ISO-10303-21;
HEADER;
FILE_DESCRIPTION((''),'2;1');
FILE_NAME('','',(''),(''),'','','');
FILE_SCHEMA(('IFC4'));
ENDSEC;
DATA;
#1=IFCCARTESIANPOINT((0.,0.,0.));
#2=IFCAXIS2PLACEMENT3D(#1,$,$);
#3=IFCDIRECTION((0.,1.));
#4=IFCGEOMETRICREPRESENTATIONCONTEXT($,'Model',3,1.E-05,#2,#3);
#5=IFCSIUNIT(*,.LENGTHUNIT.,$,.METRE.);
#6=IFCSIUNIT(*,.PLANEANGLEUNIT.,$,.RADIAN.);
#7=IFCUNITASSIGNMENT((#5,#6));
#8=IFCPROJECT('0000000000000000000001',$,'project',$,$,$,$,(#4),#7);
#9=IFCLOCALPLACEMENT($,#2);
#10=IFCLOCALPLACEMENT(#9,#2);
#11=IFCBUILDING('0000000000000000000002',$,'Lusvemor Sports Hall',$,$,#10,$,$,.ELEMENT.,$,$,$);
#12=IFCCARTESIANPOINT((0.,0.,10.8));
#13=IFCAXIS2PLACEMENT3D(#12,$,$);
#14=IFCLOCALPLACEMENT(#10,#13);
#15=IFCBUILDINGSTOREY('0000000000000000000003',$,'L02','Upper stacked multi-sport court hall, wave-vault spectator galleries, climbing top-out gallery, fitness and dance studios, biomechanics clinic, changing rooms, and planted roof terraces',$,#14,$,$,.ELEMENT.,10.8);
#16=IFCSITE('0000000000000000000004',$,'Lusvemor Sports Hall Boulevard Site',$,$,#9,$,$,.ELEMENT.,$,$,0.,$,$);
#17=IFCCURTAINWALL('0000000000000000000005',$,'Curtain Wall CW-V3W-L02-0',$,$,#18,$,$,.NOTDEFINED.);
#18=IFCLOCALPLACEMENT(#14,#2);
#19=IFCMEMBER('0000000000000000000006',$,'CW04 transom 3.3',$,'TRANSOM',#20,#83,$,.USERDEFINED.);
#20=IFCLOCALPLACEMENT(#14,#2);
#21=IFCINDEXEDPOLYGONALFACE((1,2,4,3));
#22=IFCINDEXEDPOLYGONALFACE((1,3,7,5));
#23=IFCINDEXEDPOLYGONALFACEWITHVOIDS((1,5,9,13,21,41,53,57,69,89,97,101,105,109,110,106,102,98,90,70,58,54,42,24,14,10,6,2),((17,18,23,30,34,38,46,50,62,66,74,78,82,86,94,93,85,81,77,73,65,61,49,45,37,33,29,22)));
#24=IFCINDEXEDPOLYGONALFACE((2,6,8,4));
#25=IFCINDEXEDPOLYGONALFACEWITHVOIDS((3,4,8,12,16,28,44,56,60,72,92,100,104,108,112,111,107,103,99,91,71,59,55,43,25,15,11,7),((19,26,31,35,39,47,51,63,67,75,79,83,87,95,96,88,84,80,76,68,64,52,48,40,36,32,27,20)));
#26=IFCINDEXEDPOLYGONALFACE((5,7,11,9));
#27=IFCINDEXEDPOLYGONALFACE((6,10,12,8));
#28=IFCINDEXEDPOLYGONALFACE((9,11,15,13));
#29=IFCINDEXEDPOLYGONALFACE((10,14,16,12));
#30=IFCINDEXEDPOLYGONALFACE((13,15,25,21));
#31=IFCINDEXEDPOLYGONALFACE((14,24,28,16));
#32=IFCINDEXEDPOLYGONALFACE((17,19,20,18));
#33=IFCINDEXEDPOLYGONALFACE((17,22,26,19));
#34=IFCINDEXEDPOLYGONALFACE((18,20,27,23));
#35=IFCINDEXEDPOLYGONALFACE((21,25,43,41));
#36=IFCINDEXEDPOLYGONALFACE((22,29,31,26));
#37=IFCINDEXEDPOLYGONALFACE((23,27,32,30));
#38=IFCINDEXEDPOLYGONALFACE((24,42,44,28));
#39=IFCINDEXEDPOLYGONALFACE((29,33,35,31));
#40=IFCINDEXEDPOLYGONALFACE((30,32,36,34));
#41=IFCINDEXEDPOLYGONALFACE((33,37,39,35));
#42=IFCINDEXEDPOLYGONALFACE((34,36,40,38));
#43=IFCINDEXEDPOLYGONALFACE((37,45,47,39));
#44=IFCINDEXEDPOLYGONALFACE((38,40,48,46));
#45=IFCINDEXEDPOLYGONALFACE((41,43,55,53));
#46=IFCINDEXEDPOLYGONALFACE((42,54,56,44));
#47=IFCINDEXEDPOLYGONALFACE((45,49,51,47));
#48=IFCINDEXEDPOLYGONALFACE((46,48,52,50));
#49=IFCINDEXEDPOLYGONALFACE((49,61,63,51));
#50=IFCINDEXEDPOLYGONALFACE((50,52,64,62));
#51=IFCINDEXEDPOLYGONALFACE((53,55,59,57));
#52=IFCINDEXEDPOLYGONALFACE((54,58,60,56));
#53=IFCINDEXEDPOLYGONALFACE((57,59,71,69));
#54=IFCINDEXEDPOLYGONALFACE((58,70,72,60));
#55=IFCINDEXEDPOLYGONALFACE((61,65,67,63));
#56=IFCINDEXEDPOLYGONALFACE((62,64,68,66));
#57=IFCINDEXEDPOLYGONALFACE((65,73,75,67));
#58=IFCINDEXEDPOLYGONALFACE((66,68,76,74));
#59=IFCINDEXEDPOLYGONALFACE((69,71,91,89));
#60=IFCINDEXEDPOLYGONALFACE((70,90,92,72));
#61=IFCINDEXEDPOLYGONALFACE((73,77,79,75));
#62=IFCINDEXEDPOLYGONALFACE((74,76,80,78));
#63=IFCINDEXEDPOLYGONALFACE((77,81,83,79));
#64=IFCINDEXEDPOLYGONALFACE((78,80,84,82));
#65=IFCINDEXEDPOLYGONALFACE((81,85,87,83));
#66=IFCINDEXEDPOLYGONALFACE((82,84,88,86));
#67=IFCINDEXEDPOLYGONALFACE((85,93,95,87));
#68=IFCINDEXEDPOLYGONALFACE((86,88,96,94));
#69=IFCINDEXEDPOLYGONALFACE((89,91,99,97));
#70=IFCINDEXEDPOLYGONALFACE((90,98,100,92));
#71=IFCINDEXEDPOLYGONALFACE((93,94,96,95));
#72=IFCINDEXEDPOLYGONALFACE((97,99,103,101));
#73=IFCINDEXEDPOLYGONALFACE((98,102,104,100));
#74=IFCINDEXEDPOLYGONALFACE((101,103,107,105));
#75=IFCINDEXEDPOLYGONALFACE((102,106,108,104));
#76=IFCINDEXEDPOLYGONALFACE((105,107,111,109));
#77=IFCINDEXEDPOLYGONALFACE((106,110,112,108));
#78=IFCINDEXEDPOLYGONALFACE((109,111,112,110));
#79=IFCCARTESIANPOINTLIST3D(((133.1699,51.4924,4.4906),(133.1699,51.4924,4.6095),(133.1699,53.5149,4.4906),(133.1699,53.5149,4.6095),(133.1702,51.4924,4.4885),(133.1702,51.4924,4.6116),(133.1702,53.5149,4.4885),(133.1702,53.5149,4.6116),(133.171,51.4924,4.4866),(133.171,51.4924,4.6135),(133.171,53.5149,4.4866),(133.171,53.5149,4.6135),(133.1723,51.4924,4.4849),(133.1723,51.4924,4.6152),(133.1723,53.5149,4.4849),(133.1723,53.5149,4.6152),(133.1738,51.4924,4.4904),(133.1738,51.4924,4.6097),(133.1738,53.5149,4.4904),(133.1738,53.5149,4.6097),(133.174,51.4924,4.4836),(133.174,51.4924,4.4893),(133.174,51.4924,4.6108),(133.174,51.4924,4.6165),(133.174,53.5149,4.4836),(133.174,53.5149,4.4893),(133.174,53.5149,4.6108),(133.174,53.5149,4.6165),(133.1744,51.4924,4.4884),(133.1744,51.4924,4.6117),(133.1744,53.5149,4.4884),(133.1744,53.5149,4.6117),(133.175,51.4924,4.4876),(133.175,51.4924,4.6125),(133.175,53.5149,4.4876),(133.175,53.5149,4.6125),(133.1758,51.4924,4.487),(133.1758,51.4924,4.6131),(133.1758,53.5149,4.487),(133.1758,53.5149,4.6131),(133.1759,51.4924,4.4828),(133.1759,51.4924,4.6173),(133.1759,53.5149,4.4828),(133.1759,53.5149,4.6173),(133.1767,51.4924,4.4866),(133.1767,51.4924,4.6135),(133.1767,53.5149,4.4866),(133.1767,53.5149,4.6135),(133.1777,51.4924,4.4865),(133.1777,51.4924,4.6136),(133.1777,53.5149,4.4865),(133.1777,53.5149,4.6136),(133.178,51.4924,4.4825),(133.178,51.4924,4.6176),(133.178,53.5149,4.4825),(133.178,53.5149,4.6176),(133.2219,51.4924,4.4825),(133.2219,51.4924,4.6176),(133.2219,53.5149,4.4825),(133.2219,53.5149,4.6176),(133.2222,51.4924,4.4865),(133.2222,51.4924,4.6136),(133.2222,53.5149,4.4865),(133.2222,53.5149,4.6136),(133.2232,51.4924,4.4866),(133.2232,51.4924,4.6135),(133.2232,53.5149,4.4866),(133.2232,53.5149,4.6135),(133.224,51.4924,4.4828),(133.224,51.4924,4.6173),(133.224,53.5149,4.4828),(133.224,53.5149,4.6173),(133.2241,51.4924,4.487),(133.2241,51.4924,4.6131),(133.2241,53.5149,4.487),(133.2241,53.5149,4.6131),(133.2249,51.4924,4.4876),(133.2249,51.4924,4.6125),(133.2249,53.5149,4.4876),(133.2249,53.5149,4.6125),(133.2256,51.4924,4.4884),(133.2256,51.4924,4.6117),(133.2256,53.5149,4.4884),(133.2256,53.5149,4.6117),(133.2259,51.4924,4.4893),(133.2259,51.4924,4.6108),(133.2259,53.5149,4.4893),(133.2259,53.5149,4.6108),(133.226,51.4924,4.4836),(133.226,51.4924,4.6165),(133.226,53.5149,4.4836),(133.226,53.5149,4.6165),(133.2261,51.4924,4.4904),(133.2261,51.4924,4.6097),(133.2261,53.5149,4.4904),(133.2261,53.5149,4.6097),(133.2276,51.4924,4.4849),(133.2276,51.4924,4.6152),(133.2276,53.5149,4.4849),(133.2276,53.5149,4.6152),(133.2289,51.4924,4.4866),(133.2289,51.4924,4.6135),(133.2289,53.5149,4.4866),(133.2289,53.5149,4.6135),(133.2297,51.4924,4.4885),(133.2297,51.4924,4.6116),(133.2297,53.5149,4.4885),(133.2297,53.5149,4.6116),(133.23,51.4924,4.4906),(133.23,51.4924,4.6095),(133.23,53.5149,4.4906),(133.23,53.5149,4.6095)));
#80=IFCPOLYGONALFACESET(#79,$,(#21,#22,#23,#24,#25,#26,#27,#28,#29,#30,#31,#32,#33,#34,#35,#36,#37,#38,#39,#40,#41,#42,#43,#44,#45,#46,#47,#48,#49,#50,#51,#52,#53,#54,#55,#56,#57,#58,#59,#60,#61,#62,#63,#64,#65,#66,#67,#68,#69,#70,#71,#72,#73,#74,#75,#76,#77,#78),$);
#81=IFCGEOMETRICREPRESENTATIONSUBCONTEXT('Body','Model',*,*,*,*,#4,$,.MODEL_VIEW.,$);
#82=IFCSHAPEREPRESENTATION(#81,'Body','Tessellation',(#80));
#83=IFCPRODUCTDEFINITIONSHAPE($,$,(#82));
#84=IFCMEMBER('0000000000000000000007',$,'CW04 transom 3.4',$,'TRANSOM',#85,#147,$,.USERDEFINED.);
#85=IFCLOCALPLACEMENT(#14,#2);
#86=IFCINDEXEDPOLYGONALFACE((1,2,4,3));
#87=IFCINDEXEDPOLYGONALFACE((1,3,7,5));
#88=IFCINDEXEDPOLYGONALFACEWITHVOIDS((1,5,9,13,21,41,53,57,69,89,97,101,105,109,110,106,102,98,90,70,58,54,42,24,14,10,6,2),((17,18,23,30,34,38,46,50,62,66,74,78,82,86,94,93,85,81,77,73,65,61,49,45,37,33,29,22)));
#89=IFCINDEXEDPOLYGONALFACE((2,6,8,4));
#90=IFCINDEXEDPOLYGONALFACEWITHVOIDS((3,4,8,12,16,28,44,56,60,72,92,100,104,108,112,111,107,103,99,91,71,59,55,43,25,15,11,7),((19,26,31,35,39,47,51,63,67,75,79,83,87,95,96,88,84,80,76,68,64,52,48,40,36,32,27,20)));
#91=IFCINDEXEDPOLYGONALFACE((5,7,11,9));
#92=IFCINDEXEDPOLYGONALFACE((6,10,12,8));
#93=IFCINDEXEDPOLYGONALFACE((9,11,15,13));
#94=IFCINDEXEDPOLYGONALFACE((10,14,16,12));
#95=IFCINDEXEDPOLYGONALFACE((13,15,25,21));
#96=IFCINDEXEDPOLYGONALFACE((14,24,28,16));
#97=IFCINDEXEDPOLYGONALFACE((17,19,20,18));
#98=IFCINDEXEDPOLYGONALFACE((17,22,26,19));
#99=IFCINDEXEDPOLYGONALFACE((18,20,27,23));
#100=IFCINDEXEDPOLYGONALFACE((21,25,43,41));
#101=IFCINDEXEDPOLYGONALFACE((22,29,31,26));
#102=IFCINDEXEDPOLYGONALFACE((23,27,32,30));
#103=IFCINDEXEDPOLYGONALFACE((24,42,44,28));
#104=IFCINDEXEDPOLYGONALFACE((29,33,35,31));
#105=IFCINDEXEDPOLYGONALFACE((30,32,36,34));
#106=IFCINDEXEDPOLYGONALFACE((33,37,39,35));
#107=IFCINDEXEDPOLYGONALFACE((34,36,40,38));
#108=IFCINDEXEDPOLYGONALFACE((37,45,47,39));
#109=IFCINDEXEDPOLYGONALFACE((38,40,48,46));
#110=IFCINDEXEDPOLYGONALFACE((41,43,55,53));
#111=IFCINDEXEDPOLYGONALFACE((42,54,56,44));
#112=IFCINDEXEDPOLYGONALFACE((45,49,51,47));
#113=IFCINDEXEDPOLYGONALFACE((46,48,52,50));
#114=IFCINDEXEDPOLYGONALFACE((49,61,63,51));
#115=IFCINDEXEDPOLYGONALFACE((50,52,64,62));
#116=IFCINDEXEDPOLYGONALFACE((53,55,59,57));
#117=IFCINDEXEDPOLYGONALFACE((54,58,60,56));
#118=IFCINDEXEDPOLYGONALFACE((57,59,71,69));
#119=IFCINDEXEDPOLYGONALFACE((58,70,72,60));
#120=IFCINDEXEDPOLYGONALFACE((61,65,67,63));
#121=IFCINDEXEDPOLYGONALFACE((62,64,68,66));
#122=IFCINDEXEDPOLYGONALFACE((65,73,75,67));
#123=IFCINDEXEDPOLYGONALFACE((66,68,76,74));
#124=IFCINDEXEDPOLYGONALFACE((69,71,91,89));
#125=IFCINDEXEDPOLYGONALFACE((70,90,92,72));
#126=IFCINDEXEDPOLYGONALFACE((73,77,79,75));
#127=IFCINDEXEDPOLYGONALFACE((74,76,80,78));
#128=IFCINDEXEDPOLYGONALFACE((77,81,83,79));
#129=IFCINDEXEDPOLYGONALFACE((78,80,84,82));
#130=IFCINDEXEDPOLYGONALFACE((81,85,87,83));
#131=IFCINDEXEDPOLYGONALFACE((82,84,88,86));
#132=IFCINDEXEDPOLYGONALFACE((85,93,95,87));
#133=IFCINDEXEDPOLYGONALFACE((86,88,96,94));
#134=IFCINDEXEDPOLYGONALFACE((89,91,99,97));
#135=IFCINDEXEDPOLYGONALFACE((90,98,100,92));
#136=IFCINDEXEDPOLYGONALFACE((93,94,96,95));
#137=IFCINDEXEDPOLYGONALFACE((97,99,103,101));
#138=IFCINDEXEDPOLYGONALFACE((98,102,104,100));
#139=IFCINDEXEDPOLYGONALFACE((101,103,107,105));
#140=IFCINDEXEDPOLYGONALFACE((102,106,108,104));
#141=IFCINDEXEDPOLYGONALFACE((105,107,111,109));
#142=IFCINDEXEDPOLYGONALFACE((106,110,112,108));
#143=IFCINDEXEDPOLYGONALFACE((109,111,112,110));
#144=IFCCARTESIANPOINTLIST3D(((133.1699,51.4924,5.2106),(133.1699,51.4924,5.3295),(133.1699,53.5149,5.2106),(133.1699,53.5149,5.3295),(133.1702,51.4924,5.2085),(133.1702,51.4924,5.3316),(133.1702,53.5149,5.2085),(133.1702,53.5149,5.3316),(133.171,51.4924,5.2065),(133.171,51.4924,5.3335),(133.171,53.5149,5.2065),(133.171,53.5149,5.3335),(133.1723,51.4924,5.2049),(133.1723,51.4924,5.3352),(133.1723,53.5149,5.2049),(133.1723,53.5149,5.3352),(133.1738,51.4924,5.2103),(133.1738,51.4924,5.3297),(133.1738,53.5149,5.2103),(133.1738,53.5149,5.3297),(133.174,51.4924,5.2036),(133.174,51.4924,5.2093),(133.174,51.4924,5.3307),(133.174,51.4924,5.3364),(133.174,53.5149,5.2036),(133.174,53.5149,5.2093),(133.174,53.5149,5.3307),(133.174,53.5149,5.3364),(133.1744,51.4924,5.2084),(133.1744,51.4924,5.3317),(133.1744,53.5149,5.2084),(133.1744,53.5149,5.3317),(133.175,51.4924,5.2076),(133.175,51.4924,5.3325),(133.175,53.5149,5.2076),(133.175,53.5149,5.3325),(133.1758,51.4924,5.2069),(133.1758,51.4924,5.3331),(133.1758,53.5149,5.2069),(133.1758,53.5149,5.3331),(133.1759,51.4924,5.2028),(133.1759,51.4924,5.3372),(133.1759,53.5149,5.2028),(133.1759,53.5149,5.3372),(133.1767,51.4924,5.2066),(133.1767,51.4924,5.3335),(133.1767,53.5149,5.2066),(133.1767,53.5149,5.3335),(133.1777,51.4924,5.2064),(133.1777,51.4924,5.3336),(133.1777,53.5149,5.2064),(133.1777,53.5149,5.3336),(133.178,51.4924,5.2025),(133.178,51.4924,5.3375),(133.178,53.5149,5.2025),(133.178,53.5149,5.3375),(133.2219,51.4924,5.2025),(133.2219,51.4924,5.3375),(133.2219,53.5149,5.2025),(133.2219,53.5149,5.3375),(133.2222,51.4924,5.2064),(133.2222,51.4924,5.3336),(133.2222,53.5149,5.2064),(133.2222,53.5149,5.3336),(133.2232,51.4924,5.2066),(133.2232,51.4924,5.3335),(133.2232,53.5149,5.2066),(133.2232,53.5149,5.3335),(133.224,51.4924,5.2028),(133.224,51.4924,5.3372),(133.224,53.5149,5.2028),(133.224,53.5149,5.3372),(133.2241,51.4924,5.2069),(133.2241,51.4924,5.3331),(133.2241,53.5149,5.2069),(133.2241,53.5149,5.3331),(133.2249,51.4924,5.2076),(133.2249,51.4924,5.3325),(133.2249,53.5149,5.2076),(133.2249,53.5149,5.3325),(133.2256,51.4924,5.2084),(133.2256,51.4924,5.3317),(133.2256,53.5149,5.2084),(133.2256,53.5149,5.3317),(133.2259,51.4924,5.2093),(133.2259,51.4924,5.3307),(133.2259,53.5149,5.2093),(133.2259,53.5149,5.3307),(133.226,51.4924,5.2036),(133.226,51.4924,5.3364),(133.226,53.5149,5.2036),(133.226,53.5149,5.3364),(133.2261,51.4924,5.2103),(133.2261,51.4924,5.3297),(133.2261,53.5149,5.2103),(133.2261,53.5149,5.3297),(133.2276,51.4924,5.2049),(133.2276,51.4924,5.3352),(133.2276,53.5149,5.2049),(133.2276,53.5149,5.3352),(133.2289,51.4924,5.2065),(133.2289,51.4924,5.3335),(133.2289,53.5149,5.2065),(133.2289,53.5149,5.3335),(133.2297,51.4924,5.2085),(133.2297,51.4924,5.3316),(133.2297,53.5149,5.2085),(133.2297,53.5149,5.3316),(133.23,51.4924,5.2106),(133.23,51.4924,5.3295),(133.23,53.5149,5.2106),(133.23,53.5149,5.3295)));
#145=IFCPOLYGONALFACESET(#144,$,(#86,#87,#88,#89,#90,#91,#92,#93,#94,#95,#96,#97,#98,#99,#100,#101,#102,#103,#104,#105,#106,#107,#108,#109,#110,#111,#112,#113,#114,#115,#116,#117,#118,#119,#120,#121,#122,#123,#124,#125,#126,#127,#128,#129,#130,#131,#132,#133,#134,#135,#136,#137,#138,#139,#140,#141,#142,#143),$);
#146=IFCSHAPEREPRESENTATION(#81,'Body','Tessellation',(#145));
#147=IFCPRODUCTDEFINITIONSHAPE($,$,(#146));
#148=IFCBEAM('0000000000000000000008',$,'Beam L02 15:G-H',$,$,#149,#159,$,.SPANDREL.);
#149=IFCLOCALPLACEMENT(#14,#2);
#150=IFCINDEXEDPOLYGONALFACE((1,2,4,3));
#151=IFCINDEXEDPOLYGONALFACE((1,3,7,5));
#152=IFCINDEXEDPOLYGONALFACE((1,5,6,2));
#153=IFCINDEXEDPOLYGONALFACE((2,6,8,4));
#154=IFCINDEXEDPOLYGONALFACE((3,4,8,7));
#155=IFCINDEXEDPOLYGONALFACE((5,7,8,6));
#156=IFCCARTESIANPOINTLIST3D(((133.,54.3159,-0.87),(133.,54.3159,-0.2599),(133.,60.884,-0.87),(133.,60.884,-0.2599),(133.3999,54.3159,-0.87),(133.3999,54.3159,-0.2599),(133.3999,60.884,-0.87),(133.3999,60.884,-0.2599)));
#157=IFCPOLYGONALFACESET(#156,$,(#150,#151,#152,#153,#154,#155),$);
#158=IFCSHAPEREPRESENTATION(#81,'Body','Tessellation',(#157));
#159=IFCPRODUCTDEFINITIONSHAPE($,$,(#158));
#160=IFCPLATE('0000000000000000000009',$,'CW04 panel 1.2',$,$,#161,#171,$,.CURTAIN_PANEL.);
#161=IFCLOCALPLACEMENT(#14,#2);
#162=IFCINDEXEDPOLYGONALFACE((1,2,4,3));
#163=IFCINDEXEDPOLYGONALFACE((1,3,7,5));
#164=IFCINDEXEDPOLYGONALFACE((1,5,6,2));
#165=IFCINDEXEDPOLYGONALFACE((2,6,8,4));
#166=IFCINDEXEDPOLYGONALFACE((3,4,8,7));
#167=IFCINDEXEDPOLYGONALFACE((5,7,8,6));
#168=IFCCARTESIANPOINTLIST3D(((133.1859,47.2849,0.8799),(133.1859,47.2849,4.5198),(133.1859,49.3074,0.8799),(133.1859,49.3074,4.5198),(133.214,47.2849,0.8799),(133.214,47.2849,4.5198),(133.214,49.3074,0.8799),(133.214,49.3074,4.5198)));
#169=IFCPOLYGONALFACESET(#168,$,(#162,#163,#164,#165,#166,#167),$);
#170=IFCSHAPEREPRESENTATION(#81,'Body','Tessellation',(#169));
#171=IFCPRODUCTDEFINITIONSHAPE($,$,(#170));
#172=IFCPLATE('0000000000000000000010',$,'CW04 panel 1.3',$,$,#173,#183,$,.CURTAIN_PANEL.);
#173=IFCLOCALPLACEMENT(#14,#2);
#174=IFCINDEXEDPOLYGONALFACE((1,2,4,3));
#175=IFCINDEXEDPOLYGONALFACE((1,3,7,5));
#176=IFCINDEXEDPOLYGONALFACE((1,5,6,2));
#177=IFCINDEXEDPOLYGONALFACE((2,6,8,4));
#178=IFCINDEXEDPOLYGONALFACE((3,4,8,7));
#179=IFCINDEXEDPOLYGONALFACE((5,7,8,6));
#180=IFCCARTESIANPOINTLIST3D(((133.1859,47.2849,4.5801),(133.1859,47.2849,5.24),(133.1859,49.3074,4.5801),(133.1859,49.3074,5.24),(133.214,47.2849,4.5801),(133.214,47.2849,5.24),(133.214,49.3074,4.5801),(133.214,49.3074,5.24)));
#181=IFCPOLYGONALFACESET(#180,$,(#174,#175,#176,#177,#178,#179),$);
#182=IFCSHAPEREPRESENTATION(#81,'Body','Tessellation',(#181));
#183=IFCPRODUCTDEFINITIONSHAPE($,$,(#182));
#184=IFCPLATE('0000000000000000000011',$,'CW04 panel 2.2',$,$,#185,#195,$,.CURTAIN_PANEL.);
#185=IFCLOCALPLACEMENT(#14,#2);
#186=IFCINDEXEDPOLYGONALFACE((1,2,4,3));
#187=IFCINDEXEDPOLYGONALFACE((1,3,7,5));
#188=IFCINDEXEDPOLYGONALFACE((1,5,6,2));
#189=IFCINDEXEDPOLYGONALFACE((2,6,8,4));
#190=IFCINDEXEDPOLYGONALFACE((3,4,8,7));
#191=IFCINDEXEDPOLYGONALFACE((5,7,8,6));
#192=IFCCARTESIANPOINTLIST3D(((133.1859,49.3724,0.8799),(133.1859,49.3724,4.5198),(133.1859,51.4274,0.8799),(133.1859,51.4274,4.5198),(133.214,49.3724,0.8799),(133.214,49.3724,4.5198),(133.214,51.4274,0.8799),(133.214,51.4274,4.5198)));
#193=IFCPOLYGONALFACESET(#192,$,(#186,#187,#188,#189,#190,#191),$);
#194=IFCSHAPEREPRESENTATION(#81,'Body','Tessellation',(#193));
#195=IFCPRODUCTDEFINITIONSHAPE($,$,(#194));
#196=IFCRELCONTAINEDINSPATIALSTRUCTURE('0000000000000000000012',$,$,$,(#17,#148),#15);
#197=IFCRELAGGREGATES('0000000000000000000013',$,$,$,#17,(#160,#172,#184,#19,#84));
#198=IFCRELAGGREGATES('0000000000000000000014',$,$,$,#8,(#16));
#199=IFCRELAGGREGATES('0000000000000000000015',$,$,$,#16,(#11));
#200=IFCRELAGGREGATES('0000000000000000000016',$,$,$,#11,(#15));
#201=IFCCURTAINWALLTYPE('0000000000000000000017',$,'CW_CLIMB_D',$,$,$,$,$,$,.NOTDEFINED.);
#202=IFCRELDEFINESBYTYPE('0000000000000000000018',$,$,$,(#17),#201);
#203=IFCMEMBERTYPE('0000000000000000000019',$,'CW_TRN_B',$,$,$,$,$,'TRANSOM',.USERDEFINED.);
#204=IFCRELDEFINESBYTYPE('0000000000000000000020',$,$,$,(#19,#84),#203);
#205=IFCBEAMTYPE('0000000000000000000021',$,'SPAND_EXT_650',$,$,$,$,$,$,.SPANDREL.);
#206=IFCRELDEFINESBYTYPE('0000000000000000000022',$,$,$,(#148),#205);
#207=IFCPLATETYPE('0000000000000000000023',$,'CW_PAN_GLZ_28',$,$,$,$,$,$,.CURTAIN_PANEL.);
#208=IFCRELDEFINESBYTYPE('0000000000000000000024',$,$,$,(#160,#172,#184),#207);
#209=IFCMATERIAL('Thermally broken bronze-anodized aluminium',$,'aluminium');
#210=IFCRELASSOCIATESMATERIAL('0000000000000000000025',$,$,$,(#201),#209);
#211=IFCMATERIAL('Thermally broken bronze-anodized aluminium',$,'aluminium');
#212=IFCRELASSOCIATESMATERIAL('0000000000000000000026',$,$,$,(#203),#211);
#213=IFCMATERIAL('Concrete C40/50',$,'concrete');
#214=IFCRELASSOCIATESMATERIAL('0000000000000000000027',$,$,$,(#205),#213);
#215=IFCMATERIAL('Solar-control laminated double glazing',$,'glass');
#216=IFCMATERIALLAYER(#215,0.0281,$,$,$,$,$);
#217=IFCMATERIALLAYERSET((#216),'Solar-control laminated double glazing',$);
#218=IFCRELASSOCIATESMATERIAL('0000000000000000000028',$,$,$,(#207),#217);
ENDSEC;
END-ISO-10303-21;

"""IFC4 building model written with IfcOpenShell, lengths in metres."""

from ifc_helpers import new_model, si_unit, direction, frame, origin, origin_2d, place, context, subcontext, project, spatial, rectangle, hollow_rectangle, extrude, material, layer, layer_set, material_profile, profile_set, type_object, element, aggregate, save


model = new_model("IFC4")

# Units and contexts
model_context = context("Model", 3, precision=1e-05, world=origin(), true_north=direction((0.0, 1.0)))
body_context = subcontext(model_context, "Body", "Model", "MODEL_VIEW")
ifc_project = project(units=[si_unit("LENGTHUNIT", "METRE"), si_unit("PLANEANGLEUNIT", "RADIAN")], contexts=[model_context])

# Site, building, storey
site_placement = place(None, origin())
site = spatial("IfcSite", under=ifc_project, at=site_placement, Name="Lusvemor Sports Hall Boulevard Site", CompositionType="ELEMENT", RefElevation=0.0)
building_placement = place(site_placement, origin())
building = spatial("IfcBuilding", under=site, at=building_placement, Name="Lusvemor Sports Hall", CompositionType="ELEMENT")
storey_placement = place(building_placement, frame((0.0, 0.0, 10.8)))
storey = spatial("IfcBuildingStorey", under=building, at=storey_placement, Name="L02", Description="Upper stacked multi-sport court hall, wave-vault spectator galleries, climbing top-out gallery, fitness and dance studios, biomechanics clinic, changing rooms, and planted roof terraces", CompositionType="ELEMENT", Elevation=10.8)

# Curtain wall
ifc_material_1 = material(Name="Thermally broken bronze-anodized aluminium", Category="aluminium")
curtain_wall_type = type_object("IfcCurtainWallType", Name="CW_CLIMB_D", PredefinedType="NOTDEFINED", material=ifc_material_1)
curtain_wall_1_placement = place(storey_placement, origin())
curtain_wall_1 = element("IfcCurtainWall", 1, at=curtain_wall_1_placement, inside=storey, type_object=curtain_wall_type, Name="Curtain Wall CW-V3W-L02-0", PredefinedType="NOTDEFINED")

# Members
ifc_material_2 = material(Name="Thermally broken bronze-anodized aluminium", Category="aluminium")
ifc_material_profile_1 = material_profile(ifc_material_2, hollow_rectangle(XDim=0.0601, YDim=0.135, WallThickness=0.0039, InnerFilletRadius=0.0039, OuterFilletRadius=0.0081, at=origin_2d()), Name="CWTRN135x60x4")
ifc_profile_set_1 = profile_set([ifc_material_profile_1], Name="Thermally broken bronze-anodized aluminium")
member_type_1 = type_object("IfcMemberType", Name="CW_TRN_B", ElementType="TRANSOM", PredefinedType="USERDEFINED", material=ifc_profile_set_1)
member_1_placement = place(storey_placement, frame((133.2, 51.4924, 4.55), z_axis=(0.0, 1.0, 0.0), x_axis=(-1.0, 0.0, 0.0)))
member_1 = element("IfcMember", 2, at=member_1_placement, type_object=member_type_1, Name="CW04 transom 3.3", ObjectType="TRANSOM", PredefinedType="USERDEFINED", context=body_context, shape_type="SweptSolid", body=[
    extrude(hollow_rectangle(XDim=0.0601, YDim=0.135, WallThickness=0.0039, InnerFilletRadius=0.0039, OuterFilletRadius=0.0081, at=origin_2d()), origin(), (0.0, 0.0, 1.0), 2.0225),
])
member_2_placement = place(storey_placement, frame((133.2, 51.4924, 5.27), z_axis=(0.0, 1.0, 0.0), x_axis=(-1.0, 0.0, 0.0)))
member_2 = element("IfcMember", 3, at=member_2_placement, type_object=member_type_1, Name="CW04 transom 3.4", ObjectType="TRANSOM", PredefinedType="USERDEFINED", context=body_context, shape_type="SweptSolid", body=[
    extrude(hollow_rectangle(XDim=0.0601, YDim=0.135, WallThickness=0.0039, InnerFilletRadius=0.0039, OuterFilletRadius=0.0081, at=origin_2d()), origin(), (0.0, 0.0, 1.0), 2.0225),
])

# Beam
ifc_material_3 = material(Name="Concrete C40/50", Category="concrete")
ifc_material_profile_2 = material_profile(ifc_material_3, rectangle(XDim=0.3999, YDim=0.6101, at=origin_2d()), Name="RC400x610")
ifc_profile_set_2 = profile_set([ifc_material_profile_2], Name="Concrete C40/50")
beam_type = type_object("IfcBeamType", Name="SPAND_EXT_650", PredefinedType="SPANDREL", material=ifc_profile_set_2)
beam_placement = place(storey_placement, frame((133.2, 54.3159, -0.5649), z_axis=(0.0, 1.0, 0.0), x_axis=(-1.0, 0.0, 0.0)))
element("IfcBeam", 4, at=beam_placement, inside=storey, type_object=beam_type, Name="Beam L02 15:G-H", PredefinedType="SPANDREL", context=body_context, shape_type="SweptSolid", body=[
    extrude(rectangle(XDim=0.3999, YDim=0.6101, at=origin_2d()), origin(), (0.0, 0.0, 1.0), 6.5681),
])

# Plates
ifc_material_4 = material(Name="Solar-control laminated double glazing", Category="glass")
ifc_layer_1 = layer(ifc_material_4, 0.0281)
ifc_layer_set_1 = layer_set([ifc_layer_1], Name="Solar-control laminated double glazing")
plate_type_1 = type_object("IfcPlateType", Name="CW_PAN_GLZ_28", PredefinedType="CURTAIN_PANEL", material=ifc_layer_set_1)
plate_1_placement = place(storey_placement, frame((133.2, 48.2961, 0.8799), z_axis=(0.0, 0.0, 1.0), x_axis=(0.0, 1.0, 0.0)))
plate_1 = element("IfcPlate", 5, at=plate_1_placement, type_object=plate_type_1, Name="CW04 panel 1.2", PredefinedType="CURTAIN_PANEL", context=body_context, shape_type="SweptSolid", body=[
    extrude(rectangle(XDim=2.0225, YDim=0.0281, at=origin_2d()), origin(), (0.0, 0.0, 1.0), 3.6399),
])
plate_2_placement = place(storey_placement, frame((133.2, 48.2961, 4.5801), z_axis=(0.0, 0.0, 1.0), x_axis=(0.0, 1.0, 0.0)))
plate_2 = element("IfcPlate", 6, at=plate_2_placement, type_object=plate_type_1, Name="CW04 panel 1.3", PredefinedType="CURTAIN_PANEL", context=body_context, shape_type="SweptSolid", body=[
    extrude(rectangle(XDim=2.0225, YDim=0.0281, at=origin_2d()), origin(), (0.0, 0.0, 1.0), 0.6599),
])
plate_3_placement = place(storey_placement, frame((133.2, 50.3999, 0.8799), z_axis=(0.0, 0.0, 1.0), x_axis=(0.0, 1.0, 0.0)))
plate_3 = element("IfcPlate", 7, at=plate_3_placement, type_object=plate_type_1, Name="CW04 panel 2.2", PredefinedType="CURTAIN_PANEL", context=body_context, shape_type="SweptSolid", body=[
    extrude(rectangle(XDim=2.0549, YDim=0.0281, at=origin_2d()), origin(), (0.0, 0.0, 1.0), 3.6399),
])
aggregate(curtain_wall_1, [plate_1, plate_2, plate_3, member_1, member_2])

save(model, "model.ifc")
